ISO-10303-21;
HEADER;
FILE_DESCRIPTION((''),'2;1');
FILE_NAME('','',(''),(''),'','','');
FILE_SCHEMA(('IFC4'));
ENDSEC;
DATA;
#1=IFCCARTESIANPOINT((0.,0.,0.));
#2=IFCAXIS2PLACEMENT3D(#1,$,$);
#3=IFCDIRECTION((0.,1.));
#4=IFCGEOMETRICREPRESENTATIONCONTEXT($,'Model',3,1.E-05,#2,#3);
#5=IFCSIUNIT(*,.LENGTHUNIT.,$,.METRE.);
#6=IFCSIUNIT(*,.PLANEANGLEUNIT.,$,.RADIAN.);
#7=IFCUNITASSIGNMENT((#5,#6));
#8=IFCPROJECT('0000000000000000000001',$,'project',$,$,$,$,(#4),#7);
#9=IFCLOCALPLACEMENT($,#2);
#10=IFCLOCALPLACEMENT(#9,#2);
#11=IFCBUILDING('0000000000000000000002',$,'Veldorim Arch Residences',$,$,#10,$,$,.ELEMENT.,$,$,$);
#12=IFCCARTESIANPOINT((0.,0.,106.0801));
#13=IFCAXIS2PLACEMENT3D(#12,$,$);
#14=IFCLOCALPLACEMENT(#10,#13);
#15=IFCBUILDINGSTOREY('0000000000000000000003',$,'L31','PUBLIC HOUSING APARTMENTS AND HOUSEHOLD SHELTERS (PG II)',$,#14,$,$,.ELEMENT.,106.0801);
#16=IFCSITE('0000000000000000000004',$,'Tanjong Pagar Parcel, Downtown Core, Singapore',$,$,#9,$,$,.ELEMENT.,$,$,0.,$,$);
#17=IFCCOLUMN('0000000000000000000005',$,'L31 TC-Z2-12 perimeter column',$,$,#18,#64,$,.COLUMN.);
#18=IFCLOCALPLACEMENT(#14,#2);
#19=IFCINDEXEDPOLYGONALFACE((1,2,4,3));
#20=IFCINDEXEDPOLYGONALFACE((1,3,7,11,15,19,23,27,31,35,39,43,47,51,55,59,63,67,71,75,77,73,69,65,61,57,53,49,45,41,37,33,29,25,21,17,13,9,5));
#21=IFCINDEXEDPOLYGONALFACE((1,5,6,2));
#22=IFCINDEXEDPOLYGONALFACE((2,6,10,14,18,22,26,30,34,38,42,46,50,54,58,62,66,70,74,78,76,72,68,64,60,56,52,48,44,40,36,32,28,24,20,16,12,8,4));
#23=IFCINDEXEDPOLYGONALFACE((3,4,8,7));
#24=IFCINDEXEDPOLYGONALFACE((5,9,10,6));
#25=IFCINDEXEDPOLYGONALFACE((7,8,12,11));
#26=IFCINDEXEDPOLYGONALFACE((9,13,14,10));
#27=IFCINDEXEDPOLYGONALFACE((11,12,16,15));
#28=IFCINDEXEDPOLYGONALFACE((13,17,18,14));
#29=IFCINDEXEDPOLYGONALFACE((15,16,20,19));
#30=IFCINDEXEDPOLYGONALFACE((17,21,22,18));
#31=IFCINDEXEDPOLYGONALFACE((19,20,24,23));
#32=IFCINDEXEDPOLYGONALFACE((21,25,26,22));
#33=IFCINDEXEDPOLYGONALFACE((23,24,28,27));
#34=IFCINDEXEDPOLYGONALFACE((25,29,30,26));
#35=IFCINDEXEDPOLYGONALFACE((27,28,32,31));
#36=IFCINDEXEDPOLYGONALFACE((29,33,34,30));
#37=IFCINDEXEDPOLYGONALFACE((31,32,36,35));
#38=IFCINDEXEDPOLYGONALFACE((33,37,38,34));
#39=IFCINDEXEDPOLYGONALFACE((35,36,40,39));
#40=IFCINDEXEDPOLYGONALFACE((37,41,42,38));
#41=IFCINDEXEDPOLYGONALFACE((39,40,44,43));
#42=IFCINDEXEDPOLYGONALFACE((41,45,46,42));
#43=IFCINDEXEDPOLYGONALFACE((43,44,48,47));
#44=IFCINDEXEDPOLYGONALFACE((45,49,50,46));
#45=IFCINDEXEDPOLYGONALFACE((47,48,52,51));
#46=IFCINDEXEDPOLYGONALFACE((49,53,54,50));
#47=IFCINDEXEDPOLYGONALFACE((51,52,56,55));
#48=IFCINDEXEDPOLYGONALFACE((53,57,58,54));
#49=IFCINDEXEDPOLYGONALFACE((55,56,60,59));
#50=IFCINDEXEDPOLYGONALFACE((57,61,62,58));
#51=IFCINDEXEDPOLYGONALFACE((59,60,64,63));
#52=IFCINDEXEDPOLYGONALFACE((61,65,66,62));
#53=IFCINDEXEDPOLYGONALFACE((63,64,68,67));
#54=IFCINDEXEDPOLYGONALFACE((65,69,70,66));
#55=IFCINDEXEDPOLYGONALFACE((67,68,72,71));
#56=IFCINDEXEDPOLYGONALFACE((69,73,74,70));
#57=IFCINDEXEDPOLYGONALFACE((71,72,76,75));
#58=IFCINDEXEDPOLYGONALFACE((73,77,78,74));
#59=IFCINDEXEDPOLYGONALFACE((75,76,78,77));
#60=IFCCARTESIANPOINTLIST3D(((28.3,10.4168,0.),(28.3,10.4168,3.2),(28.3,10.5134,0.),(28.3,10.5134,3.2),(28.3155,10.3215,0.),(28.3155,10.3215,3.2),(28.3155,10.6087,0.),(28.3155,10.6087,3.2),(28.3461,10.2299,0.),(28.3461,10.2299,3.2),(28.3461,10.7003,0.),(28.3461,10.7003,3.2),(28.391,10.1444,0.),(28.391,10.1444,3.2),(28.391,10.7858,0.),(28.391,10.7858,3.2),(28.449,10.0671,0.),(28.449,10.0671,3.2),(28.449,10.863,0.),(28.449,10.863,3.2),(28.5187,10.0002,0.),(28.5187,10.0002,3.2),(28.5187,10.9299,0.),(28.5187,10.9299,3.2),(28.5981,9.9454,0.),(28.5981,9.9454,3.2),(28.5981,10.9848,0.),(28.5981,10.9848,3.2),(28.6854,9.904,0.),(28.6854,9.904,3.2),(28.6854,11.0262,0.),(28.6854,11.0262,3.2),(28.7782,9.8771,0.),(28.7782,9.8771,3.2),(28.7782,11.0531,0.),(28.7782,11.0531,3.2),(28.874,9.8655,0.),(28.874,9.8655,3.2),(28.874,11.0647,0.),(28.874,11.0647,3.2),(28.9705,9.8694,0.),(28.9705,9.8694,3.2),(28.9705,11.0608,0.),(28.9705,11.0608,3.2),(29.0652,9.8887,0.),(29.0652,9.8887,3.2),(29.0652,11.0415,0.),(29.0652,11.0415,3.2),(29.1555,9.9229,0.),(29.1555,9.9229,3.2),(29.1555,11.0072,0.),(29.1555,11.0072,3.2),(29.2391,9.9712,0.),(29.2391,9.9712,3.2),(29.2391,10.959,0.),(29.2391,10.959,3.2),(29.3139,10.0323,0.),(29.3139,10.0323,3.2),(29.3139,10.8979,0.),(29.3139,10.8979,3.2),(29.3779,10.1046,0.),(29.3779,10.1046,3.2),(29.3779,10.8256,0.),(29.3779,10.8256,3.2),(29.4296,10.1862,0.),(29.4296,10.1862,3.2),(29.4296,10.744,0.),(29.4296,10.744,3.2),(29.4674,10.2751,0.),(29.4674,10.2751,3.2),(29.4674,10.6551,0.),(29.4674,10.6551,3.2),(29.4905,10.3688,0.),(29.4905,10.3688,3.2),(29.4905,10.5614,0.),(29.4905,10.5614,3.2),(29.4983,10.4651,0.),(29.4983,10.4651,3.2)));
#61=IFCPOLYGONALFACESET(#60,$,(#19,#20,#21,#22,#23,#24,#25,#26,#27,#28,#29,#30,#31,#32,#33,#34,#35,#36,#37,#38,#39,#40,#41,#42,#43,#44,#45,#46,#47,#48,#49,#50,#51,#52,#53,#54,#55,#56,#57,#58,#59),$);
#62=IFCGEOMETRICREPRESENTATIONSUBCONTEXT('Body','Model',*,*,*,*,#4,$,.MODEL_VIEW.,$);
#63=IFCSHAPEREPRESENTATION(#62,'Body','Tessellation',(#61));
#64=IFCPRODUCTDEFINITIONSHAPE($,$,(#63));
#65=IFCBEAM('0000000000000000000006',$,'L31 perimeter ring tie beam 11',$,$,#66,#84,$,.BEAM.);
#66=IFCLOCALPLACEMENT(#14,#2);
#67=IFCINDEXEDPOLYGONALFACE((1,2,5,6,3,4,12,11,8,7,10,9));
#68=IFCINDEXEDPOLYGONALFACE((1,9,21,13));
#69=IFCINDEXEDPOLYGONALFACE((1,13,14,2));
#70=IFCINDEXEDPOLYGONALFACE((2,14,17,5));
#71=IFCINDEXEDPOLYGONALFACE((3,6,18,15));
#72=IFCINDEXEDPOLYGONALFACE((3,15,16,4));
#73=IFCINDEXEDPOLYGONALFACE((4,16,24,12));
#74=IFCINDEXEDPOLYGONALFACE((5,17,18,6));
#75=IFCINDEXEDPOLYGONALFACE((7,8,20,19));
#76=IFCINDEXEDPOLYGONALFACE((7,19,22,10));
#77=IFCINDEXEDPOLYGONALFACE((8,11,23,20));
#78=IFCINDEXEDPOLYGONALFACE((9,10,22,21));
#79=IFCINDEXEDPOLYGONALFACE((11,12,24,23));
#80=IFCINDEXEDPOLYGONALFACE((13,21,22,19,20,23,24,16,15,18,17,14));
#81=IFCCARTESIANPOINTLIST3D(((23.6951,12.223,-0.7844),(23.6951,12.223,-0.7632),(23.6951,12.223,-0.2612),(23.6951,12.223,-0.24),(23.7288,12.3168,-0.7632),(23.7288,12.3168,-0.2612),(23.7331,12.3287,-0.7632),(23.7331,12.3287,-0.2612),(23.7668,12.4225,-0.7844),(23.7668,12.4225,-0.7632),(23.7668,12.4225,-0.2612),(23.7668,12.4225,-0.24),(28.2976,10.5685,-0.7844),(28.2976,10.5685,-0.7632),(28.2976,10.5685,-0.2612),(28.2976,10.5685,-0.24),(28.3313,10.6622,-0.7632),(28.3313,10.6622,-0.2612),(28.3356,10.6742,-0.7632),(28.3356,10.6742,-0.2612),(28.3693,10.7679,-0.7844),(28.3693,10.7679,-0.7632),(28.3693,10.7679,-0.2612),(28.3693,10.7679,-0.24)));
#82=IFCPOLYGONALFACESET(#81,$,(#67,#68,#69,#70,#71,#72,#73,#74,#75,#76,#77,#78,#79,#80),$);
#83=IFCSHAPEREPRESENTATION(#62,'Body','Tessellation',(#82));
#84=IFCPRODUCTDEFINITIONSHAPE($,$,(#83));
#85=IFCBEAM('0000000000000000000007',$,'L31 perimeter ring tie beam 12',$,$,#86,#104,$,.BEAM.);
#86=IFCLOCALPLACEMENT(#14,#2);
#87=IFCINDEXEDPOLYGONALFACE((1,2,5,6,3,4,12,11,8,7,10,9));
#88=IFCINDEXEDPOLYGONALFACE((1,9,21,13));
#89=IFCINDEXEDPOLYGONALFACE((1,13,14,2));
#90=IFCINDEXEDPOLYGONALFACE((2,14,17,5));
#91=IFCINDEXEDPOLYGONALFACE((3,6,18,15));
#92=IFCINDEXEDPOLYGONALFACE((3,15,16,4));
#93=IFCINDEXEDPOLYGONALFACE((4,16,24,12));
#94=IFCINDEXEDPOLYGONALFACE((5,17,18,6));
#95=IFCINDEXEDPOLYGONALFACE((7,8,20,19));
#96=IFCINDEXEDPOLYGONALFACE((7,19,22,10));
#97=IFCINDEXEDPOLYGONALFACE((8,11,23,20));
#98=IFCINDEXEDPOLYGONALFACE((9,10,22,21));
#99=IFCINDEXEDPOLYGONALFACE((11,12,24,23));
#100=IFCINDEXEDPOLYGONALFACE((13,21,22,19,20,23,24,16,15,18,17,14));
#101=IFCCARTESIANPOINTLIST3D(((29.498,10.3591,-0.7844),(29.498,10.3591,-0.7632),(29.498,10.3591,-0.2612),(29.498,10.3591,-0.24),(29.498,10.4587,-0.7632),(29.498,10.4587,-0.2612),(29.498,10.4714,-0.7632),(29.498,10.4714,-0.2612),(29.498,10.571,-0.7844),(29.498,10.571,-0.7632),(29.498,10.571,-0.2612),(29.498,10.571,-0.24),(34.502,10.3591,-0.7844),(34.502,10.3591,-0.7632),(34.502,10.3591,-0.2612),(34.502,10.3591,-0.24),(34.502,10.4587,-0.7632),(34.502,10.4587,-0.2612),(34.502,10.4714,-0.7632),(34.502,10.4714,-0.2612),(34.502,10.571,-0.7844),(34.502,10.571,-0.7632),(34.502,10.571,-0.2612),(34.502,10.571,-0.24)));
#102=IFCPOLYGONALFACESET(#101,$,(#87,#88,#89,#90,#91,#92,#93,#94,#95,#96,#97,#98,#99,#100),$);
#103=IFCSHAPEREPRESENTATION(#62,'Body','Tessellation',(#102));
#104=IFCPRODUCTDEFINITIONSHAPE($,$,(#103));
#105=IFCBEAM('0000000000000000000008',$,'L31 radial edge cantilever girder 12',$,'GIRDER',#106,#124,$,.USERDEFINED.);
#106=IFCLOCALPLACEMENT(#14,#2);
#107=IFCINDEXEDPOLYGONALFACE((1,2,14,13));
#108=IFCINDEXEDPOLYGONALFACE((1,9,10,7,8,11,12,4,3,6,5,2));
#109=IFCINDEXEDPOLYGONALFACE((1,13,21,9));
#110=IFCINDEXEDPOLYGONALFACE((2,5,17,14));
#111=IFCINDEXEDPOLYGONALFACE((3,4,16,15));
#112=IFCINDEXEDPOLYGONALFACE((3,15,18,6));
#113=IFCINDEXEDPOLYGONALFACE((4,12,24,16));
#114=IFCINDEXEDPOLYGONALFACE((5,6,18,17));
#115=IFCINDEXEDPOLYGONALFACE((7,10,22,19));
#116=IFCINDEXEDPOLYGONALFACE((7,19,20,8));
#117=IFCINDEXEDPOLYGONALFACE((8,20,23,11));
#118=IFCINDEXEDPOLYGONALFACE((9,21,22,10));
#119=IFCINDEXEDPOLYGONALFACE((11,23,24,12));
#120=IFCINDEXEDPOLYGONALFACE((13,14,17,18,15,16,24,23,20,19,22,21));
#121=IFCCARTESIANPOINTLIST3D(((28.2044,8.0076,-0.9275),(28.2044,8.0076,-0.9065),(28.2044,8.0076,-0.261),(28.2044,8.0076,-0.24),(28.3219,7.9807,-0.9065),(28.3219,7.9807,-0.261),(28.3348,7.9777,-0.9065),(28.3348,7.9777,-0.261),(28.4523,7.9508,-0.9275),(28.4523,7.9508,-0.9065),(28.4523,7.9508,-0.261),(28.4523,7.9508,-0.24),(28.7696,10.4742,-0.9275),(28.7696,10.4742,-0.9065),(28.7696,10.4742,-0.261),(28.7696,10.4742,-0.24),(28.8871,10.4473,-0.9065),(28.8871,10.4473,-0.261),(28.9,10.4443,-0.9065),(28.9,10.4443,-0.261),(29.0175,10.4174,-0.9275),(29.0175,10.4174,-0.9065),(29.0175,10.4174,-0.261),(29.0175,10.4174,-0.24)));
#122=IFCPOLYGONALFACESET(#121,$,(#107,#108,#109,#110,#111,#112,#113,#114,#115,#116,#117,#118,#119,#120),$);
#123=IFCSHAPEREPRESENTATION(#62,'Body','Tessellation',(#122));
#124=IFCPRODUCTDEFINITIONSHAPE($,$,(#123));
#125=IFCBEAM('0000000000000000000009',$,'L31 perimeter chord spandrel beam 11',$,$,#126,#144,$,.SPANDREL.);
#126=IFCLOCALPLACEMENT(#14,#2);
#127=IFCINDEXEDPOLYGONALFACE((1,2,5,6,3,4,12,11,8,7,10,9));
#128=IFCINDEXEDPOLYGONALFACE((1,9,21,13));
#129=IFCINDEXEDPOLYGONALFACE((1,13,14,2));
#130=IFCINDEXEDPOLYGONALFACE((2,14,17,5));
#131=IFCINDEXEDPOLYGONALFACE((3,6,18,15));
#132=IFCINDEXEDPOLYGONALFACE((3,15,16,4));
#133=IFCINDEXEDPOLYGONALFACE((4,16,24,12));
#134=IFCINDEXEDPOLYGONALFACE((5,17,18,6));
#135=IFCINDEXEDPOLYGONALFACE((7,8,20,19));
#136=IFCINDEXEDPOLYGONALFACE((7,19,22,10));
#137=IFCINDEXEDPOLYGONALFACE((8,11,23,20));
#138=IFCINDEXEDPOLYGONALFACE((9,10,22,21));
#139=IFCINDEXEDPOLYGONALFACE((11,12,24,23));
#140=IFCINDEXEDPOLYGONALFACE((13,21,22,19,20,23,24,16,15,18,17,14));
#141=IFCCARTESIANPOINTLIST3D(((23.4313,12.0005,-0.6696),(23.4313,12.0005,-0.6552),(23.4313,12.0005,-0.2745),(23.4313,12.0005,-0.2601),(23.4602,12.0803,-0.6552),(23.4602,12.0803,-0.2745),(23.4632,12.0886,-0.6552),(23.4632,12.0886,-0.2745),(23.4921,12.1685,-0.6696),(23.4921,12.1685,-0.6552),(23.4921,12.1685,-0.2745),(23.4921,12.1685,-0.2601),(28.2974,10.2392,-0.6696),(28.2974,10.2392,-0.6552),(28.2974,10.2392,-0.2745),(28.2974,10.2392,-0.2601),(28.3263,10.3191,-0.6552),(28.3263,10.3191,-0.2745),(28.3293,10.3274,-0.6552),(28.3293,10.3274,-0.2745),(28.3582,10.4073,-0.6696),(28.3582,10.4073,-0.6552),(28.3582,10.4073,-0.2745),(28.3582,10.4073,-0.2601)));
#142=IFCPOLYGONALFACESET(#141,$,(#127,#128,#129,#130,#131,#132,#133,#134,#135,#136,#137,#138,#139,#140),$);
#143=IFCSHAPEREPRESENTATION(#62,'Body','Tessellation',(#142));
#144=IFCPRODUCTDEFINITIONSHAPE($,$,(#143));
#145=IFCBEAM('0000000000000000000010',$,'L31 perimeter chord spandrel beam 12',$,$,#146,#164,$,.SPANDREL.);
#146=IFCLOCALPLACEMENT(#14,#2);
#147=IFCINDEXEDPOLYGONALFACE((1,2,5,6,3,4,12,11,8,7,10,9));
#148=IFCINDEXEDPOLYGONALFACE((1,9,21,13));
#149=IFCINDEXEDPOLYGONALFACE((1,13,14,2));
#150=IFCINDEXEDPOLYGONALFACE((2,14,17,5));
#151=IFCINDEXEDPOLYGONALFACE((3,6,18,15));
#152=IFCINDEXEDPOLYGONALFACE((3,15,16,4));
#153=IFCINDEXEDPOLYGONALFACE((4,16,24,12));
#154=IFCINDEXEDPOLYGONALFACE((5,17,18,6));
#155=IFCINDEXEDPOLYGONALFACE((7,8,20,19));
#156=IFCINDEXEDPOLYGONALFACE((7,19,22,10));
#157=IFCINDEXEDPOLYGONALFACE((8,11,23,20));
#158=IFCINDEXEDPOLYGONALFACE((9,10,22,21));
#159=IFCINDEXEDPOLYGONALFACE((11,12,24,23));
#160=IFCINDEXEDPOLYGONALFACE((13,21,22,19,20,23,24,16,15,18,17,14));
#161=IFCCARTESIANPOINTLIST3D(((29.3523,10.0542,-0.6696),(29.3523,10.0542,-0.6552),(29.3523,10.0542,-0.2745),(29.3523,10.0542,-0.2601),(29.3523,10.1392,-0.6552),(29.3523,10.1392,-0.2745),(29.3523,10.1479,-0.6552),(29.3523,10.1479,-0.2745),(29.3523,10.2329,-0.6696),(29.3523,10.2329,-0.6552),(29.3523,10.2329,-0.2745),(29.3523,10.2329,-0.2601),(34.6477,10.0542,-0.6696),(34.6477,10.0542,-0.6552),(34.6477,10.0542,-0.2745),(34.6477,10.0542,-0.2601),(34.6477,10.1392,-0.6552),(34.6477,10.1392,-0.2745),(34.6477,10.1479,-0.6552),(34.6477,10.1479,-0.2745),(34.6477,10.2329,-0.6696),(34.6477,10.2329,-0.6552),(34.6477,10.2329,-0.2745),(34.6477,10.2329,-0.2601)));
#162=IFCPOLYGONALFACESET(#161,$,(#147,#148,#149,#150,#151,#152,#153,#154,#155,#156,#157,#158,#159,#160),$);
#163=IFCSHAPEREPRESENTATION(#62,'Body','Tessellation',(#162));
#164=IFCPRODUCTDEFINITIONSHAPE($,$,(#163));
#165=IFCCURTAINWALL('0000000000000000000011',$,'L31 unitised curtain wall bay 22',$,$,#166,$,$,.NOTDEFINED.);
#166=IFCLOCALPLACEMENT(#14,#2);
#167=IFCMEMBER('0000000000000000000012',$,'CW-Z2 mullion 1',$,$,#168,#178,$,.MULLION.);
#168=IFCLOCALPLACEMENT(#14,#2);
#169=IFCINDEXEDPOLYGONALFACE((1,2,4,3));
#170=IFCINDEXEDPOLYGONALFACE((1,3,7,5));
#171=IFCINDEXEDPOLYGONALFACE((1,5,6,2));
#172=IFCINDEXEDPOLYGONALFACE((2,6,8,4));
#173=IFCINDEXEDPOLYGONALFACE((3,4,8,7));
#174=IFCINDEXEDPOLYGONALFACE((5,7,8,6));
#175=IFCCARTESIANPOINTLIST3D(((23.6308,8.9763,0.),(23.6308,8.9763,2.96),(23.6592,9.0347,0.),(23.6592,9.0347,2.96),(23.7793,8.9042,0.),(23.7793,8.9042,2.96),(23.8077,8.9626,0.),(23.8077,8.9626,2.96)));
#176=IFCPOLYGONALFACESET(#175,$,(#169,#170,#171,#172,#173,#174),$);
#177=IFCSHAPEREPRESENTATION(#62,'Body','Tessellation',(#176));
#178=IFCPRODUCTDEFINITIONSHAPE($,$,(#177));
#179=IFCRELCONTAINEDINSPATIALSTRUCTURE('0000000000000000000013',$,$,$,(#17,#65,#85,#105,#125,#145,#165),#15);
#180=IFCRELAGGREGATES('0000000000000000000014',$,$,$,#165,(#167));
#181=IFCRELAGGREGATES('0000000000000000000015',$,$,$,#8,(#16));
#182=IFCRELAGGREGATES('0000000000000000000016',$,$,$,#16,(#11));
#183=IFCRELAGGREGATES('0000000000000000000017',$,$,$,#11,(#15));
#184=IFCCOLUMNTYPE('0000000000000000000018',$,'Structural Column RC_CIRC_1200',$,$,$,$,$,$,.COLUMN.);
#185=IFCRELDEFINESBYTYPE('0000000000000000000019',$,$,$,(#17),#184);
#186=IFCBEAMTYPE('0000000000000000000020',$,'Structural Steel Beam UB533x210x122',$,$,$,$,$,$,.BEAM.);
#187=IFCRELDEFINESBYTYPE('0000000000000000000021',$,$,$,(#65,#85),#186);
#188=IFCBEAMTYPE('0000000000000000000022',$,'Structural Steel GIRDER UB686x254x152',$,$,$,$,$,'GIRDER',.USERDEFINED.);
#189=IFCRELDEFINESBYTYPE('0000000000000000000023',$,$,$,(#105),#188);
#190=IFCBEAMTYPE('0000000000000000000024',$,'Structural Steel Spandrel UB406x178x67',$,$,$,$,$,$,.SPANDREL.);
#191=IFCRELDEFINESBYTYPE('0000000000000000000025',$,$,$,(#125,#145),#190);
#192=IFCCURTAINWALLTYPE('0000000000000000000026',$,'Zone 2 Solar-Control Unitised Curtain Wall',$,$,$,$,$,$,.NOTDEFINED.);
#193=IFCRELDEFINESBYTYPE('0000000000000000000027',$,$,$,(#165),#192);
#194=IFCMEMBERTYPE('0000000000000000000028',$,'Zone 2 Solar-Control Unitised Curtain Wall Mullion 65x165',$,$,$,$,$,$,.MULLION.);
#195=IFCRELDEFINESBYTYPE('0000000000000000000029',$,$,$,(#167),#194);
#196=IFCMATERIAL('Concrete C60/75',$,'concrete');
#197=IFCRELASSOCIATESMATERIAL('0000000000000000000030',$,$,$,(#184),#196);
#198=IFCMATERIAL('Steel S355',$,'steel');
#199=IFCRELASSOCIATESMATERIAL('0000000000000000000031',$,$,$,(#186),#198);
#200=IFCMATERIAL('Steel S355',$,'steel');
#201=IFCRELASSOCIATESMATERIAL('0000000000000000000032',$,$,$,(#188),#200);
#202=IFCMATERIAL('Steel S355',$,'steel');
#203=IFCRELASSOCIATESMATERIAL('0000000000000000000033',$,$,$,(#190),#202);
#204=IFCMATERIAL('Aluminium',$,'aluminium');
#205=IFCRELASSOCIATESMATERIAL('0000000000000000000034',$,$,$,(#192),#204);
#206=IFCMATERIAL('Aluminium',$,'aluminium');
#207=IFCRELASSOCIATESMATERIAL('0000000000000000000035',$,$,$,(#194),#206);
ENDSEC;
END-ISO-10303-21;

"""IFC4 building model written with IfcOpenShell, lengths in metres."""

from ifc_helpers import new_model, si_unit, direction, frame, origin, origin_2d, place, context, subcontext, project, spatial, rectangle, circle, i_section, extrude, material, material_profile, profile_set, type_object, element, aggregate, save


model = new_model("IFC4")

# Units and contexts
model_context = context("Model", 3, precision=1e-05, world=origin(), true_north=direction((0.0, 1.0)))
body_context = subcontext(model_context, "Body", "Model", "MODEL_VIEW")
ifc_project = project(units=[si_unit("LENGTHUNIT", "METRE"), si_unit("PLANEANGLEUNIT", "RADIAN")], contexts=[model_context])

# Site, building, storey
site_placement = place(None, origin())
site = spatial("IfcSite", under=ifc_project, at=site_placement, Name="Tanjong Pagar Parcel, Downtown Core, Singapore", CompositionType="ELEMENT", RefElevation=0.0)
building_placement = place(site_placement, origin())
building = spatial("IfcBuilding", under=site, at=building_placement, Name="Veldorim Arch Residences", CompositionType="ELEMENT")
storey_placement = place(building_placement, frame((0.0, 0.0, 106.0801)))
storey = spatial("IfcBuildingStorey", under=building, at=storey_placement, Name="L31", Description="PUBLIC HOUSING APARTMENTS AND HOUSEHOLD SHELTERS (PG II)", CompositionType="ELEMENT", Elevation=106.0801)

# Column
ifc_material_1 = material(Name="Concrete C60/75", Category="concrete")
ifc_material_profile_1 = material_profile(ifc_material_1, circle(Radius=0.6001, at=origin_2d()), Name="RC_CIRC_1200")
ifc_profile_set_1 = profile_set([ifc_material_profile_1], Name="Concrete C60/75")
column_type = type_object("IfcColumnType", Name="Structural Column RC_CIRC_1200", PredefinedType="COLUMN", material=ifc_profile_set_1)
column_placement = place(storey_placement, frame((28.8982, 10.4651, 0.0), z_axis=(0.0, 0.0, 1.0), x_axis=(1.0, 0.0, 0.0)))
element("IfcColumn", 1, at=column_placement, inside=storey, type_object=column_type, Name="L31 TC-Z2-12 perimeter column", PredefinedType="COLUMN", context=body_context, shape_type="SweptSolid", body=[
    extrude(circle(Radius=0.6001, at=origin_2d()), origin(), (0.0, 0.0, 1.0), 3.2),
])

# Beams
ifc_material_2 = material(Name="Steel S355", Category="steel")
ifc_material_profile_2 = material_profile(ifc_material_2, i_section(OverallWidth=0.2119, OverallDepth=0.5444, WebThickness=0.0127, FlangeThickness=0.0212, at=origin_2d()), Name="UB533x210x122")
ifc_profile_set_2 = profile_set([ifc_material_profile_2], Name="Steel S355")
beam_type_1 = type_object("IfcBeamType", Name="Structural Steel Beam UB533x210x122", PredefinedType="BEAM", material=ifc_profile_set_2)
beam_1_placement = place(storey_placement, frame((23.731, 12.3228, -0.5122), z_axis=(0.941042, -0.33829, 0.0), x_axis=(0.33829, 0.941042, 0.0)))
element("IfcBeam", 2, at=beam_1_placement, inside=storey, type_object=beam_type_1, Name="L31 perimeter ring tie beam 11", PredefinedType="BEAM", context=body_context, shape_type="SweptSolid", body=[
    extrude(i_section(OverallWidth=0.2119, OverallDepth=0.5444, WebThickness=0.0127, FlangeThickness=0.0212, at=origin_2d()), origin(), (0.0, 0.0, 1.0), 4.8909),
])
beam_2_placement = place(storey_placement, frame((29.498, 10.4651, -0.5122), z_axis=(1.0, 0.0, 0.0), x_axis=(0.0, 1.0, 0.0)))
element("IfcBeam", 3, at=beam_2_placement, inside=storey, type_object=beam_type_1, Name="L31 perimeter ring tie beam 12", PredefinedType="BEAM", context=body_context, shape_type="SweptSolid", body=[
    extrude(i_section(OverallWidth=0.2119, OverallDepth=0.5444, WebThickness=0.0127, FlangeThickness=0.0212, at=origin_2d()), origin(), (0.0, 0.0, 1.0), 5.0039),
])
ifc_material_3 = material(Name="Steel S355", Category="steel")
ifc_material_profile_3 = material_profile(ifc_material_3, i_section(OverallWidth=0.2544, OverallDepth=0.6875, WebThickness=0.0132, FlangeThickness=0.021, at=origin_2d()), Name="UB686x254x152")
ifc_profile_set_3 = profile_set([ifc_material_profile_3], Name="Steel S355")
beam_type_2 = type_object("IfcBeamType", Name="Structural Steel GIRDER UB686x254x152", ElementType="GIRDER", PredefinedType="USERDEFINED", material=ifc_profile_set_3)
beam_3_placement = place(storey_placement, frame((28.8936, 10.4458, -0.5837), z_axis=(-0.223351, -0.974738, 0.0), x_axis=(0.974738, -0.223351, 0.0)))
element("IfcBeam", 4, at=beam_3_placement, inside=storey, type_object=beam_type_2, Name="L31 radial edge cantilever girder 12", ObjectType="GIRDER", PredefinedType="USERDEFINED", context=body_context, shape_type="SweptSolid", body=[
    extrude(i_section(OverallWidth=0.2544, OverallDepth=0.6875, WebThickness=0.0132, FlangeThickness=0.021, at=origin_2d()), origin(), (0.0, 0.0, 1.0), 2.5305),
])
ifc_material_4 = material(Name="Steel S355", Category="steel")
ifc_material_profile_4 = material_profile(ifc_material_4, i_section(OverallWidth=0.1787, OverallDepth=0.4094, WebThickness=0.0088, FlangeThickness=0.0144, at=origin_2d()), Name="UB406x178x67")
ifc_profile_set_4 = profile_set([ifc_material_profile_4], Name="Steel S355")
beam_type_3 = type_object("IfcBeamType", Name="Structural Steel Spandrel UB406x178x67", PredefinedType="SPANDREL", material=ifc_profile_set_4)
beam_4_placement = place(storey_placement, frame((23.4617, 12.0845, -0.4648), z_axis=(0.940308, -0.340326, 0.0), x_axis=(0.340326, 0.940308, 0.0)))
element("IfcBeam", 5, at=beam_4_placement, inside=storey, type_object=beam_type_3, Name="L31 perimeter chord spandrel beam 11", PredefinedType="SPANDREL", context=body_context, shape_type="SweptSolid", body=[
    extrude(i_section(OverallWidth=0.1787, OverallDepth=0.4094, WebThickness=0.0088, FlangeThickness=0.0144, at=origin_2d()), origin(), (0.0, 0.0, 1.0), 5.175),
])
beam_5_placement = place(storey_placement, frame((29.3523, 10.1436, -0.4648), z_axis=(1.0, 0.0, 0.0), x_axis=(0.0, 1.0, 0.0)))
element("IfcBeam", 6, at=beam_5_placement, inside=storey, type_object=beam_type_3, Name="L31 perimeter chord spandrel beam 12", PredefinedType="SPANDREL", context=body_context, shape_type="SweptSolid", body=[
    extrude(i_section(OverallWidth=0.1787, OverallDepth=0.4094, WebThickness=0.0088, FlangeThickness=0.0144, at=origin_2d()), origin(), (0.0, 0.0, 1.0), 5.2954),
])

# Curtain wall, member
ifc_material_5 = material(Name="Aluminium", Category="aluminium")
curtain_wall_type = type_object("IfcCurtainWallType", Name="Zone 2 Solar-Control Unitised Curtain Wall", PredefinedType="NOTDEFINED", material=ifc_material_5)
curtain_wall_1_placement = place(storey_placement, origin())
curtain_wall_1 = element("IfcCurtainWall", 7, at=curtain_wall_1_placement, inside=storey, type_object=curtain_wall_type, Name="L31 unitised curtain wall bay 22", PredefinedType="NOTDEFINED")
ifc_material_6 = material(Name="Aluminium", Category="aluminium")
ifc_material_profile_5 = material_profile(ifc_material_6, rectangle(XDim=0.0649, YDim=0.165, at=origin_2d()), Name="ALU_MUL_65x165")
ifc_profile_set_5 = profile_set([ifc_material_profile_5], Name="Aluminium")
member_type_1 = type_object("IfcMemberType", Name="Zone 2 Solar-Control Unitised Curtain Wall Mullion 65x165", PredefinedType="MULLION", material=ifc_profile_set_5)
member_1_placement = place(storey_placement, frame((23.7192, 8.9695, 0.0), z_axis=(0.0, 0.0, 1.0), x_axis=(-0.437, -0.899462, 0.0)))
member_1 = element("IfcMember", 8, at=member_1_placement, type_object=member_type_1, Name="CW-Z2 mullion 1", PredefinedType="MULLION", context=body_context, shape_type="SweptSolid", body=[
    extrude(rectangle(XDim=0.0649, YDim=0.165, at=origin_2d()), origin(), (0.0, 0.0, 1.0), 2.96),
])

aggregate(curtain_wall_1, [member_1])

save(model, "model.ifc")
